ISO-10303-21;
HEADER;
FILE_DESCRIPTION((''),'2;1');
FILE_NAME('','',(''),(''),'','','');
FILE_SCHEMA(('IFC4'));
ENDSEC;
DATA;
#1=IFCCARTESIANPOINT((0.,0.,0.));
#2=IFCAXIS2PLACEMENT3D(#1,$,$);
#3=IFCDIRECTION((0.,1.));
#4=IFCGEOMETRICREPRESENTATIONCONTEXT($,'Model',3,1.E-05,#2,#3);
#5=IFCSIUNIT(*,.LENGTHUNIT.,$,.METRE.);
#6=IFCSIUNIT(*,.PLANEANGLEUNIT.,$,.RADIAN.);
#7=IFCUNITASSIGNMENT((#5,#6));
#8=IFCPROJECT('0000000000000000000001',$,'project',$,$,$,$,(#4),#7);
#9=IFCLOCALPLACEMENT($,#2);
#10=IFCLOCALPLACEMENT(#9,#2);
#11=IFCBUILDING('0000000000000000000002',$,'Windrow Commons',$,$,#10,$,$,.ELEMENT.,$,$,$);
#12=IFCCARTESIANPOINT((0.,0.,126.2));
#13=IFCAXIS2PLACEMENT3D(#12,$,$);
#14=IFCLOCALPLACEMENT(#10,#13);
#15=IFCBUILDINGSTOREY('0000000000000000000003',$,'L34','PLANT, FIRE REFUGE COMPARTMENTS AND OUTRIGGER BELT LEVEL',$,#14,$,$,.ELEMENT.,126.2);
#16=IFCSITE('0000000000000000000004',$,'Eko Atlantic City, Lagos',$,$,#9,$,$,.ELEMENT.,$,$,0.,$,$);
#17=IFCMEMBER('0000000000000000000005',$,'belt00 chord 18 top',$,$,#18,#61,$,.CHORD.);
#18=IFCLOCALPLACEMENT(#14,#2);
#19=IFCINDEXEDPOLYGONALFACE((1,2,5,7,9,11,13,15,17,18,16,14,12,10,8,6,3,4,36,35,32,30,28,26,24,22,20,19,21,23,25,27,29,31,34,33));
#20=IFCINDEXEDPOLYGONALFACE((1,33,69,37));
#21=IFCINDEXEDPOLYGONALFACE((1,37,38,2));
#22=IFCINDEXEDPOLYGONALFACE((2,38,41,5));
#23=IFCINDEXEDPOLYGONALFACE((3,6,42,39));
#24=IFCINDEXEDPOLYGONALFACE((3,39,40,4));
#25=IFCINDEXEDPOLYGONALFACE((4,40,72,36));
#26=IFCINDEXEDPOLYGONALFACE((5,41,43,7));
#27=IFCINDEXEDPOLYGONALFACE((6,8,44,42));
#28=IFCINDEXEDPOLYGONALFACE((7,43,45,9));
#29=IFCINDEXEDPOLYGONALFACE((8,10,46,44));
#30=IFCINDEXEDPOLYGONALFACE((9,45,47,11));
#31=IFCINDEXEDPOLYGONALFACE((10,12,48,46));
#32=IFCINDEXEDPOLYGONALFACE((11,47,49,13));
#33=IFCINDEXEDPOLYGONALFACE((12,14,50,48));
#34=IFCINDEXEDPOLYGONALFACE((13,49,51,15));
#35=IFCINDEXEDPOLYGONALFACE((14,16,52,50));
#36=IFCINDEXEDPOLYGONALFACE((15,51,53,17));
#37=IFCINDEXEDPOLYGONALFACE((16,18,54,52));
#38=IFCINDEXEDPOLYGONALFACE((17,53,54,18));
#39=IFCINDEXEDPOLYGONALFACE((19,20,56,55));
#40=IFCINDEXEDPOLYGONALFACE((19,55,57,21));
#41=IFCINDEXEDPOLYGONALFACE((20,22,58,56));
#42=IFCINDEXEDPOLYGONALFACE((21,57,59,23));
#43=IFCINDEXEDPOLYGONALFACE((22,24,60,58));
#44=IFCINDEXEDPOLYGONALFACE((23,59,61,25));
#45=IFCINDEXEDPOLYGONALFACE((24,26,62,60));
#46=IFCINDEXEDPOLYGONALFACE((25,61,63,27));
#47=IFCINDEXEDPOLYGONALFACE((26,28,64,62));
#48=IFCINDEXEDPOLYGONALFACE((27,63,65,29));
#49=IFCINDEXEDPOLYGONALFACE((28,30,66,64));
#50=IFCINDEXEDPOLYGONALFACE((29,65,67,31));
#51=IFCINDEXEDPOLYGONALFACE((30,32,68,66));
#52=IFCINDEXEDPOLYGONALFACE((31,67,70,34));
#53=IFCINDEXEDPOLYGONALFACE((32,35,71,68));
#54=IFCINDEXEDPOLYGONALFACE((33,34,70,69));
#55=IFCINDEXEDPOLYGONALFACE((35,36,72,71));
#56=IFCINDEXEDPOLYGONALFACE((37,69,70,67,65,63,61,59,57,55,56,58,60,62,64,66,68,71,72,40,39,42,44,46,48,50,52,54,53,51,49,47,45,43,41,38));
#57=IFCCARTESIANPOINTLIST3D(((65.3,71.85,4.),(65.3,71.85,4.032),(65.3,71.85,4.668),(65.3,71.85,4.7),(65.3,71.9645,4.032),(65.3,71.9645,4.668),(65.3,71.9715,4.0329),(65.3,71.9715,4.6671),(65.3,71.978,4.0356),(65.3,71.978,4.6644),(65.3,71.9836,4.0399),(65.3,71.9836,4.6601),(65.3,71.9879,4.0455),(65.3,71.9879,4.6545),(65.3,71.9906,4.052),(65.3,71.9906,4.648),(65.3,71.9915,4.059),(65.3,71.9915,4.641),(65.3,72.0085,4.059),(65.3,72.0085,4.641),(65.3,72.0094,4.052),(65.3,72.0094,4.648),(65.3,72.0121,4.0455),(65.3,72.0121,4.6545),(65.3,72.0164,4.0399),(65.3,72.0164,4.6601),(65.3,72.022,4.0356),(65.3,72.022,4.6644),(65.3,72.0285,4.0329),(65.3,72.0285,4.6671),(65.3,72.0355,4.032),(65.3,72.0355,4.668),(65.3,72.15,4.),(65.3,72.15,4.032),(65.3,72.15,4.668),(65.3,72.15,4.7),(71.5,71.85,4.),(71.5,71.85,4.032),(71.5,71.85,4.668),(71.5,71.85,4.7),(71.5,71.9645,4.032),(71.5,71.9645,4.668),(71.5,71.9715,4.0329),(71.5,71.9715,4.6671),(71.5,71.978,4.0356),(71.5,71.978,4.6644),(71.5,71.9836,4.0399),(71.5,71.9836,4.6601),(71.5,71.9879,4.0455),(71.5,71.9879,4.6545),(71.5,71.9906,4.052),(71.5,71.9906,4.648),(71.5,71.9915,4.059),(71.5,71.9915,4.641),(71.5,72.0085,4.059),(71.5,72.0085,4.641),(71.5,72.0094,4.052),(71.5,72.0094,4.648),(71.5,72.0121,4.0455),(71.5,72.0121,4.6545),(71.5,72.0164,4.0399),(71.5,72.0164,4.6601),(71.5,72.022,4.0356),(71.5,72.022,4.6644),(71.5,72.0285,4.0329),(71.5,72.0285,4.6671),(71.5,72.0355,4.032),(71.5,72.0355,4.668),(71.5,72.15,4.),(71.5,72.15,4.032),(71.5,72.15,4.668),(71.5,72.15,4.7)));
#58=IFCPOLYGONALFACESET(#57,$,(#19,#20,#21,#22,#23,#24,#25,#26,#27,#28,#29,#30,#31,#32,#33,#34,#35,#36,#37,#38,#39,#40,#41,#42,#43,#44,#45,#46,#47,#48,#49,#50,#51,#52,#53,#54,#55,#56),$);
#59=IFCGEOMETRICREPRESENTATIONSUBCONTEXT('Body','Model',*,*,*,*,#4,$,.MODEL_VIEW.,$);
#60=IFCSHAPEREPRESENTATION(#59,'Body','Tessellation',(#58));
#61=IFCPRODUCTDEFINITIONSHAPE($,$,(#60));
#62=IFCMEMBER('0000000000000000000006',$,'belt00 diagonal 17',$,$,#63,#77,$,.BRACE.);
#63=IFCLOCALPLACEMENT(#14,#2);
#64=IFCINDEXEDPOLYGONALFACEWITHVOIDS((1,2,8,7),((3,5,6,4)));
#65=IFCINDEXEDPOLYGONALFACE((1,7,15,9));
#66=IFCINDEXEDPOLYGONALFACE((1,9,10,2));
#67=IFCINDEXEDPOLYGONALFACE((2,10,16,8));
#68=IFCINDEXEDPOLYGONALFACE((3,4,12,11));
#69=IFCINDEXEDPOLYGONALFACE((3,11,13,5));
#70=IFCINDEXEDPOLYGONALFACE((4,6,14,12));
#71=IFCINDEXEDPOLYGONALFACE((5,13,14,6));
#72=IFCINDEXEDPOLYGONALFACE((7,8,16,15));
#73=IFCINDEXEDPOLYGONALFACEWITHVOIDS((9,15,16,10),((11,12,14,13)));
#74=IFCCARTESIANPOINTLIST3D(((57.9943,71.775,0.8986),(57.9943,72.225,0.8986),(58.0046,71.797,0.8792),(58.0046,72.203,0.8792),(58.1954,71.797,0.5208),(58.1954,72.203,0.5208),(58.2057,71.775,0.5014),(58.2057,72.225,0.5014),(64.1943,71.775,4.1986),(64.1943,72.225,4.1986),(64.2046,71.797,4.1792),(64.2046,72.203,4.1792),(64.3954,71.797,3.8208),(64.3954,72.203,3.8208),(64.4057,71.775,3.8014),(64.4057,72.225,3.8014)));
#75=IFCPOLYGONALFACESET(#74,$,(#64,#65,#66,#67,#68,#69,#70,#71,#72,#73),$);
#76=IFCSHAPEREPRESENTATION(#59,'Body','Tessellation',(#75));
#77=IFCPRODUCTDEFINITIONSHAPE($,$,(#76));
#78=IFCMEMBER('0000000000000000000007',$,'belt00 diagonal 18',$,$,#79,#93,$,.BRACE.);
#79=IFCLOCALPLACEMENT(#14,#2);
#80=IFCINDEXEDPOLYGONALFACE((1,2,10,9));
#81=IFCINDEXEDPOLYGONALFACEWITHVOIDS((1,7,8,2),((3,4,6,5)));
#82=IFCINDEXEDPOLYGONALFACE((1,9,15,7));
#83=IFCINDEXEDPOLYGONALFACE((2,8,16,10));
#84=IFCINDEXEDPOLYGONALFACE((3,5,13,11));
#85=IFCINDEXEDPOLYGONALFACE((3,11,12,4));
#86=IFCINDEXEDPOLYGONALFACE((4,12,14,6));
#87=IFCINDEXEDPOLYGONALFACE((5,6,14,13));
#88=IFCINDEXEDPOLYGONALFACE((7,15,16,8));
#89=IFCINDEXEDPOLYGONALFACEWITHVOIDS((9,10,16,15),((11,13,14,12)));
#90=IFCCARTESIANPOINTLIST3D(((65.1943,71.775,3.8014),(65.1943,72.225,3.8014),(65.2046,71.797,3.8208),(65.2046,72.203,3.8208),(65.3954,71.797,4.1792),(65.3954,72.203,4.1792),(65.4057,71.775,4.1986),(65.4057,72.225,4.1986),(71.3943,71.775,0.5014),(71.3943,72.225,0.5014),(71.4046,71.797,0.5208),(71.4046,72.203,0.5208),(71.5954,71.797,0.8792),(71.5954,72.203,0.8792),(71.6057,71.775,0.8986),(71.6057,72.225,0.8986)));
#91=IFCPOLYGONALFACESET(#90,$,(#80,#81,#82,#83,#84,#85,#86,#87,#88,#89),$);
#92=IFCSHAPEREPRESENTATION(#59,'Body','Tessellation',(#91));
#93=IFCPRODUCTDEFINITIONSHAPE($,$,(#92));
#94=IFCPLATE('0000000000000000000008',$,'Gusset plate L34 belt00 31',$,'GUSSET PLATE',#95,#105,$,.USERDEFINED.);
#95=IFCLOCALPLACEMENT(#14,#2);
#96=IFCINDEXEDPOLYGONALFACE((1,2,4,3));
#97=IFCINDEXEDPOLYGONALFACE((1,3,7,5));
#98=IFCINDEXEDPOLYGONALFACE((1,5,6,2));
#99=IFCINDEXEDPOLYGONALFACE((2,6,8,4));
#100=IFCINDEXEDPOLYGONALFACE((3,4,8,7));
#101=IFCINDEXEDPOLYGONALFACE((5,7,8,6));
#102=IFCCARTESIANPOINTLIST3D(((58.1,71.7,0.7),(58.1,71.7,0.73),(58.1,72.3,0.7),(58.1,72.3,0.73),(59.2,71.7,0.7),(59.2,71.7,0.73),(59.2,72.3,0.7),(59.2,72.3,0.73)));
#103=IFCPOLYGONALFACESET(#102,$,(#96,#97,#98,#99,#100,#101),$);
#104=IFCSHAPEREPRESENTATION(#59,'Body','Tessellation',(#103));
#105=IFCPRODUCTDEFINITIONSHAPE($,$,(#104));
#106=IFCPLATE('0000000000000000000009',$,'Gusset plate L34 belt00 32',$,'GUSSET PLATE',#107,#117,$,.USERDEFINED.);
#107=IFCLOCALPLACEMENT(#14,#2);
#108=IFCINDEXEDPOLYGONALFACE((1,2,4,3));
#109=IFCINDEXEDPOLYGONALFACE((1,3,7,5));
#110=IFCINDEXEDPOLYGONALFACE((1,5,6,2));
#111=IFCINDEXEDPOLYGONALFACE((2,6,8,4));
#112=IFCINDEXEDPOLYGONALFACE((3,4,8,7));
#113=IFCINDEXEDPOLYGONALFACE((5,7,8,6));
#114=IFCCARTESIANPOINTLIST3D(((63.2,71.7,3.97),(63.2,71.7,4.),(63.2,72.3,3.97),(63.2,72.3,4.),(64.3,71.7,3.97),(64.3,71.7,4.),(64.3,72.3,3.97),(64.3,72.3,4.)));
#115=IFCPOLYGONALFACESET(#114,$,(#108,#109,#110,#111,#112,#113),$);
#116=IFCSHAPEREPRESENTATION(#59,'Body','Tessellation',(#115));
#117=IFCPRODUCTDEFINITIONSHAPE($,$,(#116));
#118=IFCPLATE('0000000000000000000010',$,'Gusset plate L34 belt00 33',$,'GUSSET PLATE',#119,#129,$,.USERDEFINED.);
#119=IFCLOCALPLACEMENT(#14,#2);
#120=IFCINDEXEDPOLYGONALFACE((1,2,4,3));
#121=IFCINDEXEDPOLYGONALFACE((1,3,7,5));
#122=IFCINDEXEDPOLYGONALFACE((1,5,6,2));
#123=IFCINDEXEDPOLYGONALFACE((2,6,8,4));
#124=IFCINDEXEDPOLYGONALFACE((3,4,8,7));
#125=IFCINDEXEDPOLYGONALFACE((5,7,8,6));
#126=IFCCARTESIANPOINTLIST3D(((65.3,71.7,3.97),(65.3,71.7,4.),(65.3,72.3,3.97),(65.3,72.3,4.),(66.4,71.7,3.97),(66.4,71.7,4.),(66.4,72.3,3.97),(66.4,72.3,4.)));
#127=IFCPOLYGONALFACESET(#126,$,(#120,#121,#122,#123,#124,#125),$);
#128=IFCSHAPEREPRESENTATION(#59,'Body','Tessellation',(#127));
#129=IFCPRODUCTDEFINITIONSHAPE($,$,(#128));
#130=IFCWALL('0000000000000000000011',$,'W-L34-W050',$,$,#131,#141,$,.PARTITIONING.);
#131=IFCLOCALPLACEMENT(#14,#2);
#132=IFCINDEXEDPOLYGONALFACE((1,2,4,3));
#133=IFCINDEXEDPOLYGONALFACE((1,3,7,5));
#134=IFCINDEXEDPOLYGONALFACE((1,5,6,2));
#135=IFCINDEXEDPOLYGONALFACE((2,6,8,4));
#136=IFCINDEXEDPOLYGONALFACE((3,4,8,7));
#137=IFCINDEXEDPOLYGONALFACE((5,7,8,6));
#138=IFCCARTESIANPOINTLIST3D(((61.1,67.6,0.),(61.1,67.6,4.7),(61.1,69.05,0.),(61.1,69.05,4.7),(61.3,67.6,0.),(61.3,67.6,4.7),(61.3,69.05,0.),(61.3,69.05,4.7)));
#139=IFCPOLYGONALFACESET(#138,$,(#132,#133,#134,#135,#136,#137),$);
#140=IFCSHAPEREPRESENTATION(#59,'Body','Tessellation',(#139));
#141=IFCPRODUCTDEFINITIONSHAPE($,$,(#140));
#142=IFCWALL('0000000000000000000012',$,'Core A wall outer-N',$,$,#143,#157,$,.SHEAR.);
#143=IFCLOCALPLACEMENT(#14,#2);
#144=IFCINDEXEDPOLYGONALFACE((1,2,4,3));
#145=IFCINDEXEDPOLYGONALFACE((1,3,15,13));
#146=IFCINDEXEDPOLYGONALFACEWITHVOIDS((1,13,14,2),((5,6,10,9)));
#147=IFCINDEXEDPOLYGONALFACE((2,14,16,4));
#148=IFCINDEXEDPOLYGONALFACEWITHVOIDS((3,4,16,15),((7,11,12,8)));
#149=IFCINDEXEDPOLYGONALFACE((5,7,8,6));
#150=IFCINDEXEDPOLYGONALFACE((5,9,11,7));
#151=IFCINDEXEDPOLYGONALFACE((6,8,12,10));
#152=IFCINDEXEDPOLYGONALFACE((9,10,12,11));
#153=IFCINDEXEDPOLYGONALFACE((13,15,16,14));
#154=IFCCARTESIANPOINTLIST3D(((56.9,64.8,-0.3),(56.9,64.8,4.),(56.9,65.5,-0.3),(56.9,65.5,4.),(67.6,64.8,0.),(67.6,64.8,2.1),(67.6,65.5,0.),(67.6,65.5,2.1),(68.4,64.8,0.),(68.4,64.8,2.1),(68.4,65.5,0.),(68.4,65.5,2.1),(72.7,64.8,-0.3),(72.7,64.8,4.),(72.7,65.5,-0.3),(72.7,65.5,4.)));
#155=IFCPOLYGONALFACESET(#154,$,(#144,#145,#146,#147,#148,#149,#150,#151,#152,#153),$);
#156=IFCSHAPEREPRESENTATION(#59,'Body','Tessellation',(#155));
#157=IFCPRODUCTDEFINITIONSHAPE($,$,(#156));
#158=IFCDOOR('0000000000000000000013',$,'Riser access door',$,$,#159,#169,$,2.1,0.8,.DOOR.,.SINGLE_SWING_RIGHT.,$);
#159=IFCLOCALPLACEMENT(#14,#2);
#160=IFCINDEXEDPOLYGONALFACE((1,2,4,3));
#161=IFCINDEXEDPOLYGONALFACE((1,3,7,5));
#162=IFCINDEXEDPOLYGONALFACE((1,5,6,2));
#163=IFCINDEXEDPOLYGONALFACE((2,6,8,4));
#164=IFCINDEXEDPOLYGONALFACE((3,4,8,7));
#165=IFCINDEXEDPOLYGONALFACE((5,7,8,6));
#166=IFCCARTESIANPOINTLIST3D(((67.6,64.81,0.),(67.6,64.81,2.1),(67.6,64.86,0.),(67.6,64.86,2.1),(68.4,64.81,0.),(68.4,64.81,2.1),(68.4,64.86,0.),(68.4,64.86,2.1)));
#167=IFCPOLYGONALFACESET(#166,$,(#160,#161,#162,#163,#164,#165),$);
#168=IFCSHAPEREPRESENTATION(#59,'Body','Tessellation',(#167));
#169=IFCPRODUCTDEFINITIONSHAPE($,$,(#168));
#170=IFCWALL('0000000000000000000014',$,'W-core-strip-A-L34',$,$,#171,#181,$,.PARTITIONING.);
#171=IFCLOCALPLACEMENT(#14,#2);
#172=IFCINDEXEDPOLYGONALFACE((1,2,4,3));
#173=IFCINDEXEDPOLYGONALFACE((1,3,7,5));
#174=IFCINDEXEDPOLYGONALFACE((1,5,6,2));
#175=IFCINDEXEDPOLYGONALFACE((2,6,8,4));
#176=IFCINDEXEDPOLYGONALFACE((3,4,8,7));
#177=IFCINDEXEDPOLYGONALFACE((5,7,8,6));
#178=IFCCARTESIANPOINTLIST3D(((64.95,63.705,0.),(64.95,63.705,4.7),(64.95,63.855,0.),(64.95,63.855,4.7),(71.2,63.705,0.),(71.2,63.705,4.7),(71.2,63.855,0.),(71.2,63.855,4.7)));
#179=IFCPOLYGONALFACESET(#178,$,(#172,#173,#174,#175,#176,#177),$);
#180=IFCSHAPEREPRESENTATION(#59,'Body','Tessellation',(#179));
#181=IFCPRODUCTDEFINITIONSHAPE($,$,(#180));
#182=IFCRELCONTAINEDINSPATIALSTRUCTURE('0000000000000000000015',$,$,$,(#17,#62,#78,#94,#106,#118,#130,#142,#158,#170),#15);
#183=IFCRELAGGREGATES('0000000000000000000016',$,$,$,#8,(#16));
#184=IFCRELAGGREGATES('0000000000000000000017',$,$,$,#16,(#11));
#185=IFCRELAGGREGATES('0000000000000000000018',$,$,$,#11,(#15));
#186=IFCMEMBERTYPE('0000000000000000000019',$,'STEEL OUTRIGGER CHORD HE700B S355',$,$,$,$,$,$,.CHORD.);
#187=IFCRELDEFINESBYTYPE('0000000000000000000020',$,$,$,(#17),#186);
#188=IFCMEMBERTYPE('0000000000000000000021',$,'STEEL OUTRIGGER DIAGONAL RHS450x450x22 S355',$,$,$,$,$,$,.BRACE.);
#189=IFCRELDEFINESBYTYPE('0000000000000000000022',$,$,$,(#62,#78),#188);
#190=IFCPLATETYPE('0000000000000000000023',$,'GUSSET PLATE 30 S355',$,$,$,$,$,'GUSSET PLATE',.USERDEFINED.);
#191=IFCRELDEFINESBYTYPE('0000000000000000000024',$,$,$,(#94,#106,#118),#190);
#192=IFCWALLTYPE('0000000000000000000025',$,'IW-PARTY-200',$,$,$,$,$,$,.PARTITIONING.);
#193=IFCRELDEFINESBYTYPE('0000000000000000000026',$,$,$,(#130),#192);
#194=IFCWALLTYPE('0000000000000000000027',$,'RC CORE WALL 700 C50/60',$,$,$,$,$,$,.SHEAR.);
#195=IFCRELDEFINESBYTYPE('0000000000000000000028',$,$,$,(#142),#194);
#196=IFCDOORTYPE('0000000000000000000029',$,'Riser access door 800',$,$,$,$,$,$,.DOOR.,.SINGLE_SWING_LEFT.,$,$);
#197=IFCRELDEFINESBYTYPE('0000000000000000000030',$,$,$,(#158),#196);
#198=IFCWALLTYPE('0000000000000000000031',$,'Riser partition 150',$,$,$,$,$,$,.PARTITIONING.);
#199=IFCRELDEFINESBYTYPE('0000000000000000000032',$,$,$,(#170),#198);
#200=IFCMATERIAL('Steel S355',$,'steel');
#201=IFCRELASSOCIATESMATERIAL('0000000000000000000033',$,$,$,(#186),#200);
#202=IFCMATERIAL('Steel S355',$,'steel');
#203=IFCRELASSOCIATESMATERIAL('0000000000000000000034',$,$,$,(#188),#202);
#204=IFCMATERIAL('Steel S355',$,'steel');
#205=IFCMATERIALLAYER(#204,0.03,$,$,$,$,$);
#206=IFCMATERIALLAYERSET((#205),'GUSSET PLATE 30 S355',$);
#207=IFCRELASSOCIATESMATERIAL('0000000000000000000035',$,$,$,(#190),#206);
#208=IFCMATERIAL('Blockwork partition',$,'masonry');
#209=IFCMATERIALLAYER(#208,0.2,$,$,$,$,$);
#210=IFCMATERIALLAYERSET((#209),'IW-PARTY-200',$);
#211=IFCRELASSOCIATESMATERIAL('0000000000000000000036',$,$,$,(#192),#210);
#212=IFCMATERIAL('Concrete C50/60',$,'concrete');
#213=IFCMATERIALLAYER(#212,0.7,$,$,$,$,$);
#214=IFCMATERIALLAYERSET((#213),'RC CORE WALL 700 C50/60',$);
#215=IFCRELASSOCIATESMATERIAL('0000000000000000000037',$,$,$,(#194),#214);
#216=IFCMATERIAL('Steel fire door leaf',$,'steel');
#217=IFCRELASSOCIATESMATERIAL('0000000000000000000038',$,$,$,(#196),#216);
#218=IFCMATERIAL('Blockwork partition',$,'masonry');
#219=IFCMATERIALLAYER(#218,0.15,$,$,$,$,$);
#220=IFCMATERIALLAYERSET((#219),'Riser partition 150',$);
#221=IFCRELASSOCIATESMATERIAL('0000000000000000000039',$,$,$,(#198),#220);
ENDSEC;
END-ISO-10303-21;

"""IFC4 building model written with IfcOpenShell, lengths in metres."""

from ifc_helpers import new_model, si_unit, direction, frame, frame_2d, origin, origin_2d, place, context, subcontext, project, spatial, rectangle, hollow_rectangle, i_section, extrude, material, layer, layer_set, material_profile, profile_set, type_object, element, fill, save


model = new_model("IFC4")

# Units and contexts
model_context = context("Model", 3, precision=1e-05, world=origin(), true_north=direction((0.0, 1.0)))
body_context = subcontext(model_context, "Body", "Model", "MODEL_VIEW")
ifc_project = project(units=[si_unit("LENGTHUNIT", "METRE"), si_unit("PLANEANGLEUNIT", "RADIAN")], contexts=[model_context])

# Site, building, storey
site_placement = place(None, origin())
site = spatial("IfcSite", under=ifc_project, at=site_placement, Name="Eko Atlantic City, Lagos", CompositionType="ELEMENT", RefElevation=0.0)
building_placement = place(site_placement, origin())
building = spatial("IfcBuilding", under=site, at=building_placement, Name="Windrow Commons", CompositionType="ELEMENT")
storey_placement = place(building_placement, frame((0.0, 0.0, 126.2)))
storey = spatial("IfcBuildingStorey", under=building, at=storey_placement, Name="L34", Description="PLANT, FIRE REFUGE COMPARTMENTS AND OUTRIGGER BELT LEVEL", CompositionType="ELEMENT", Elevation=126.2)

# Members
ifc_material_1 = material(Name="Steel S355", Category="steel")
ifc_material_profile_1 = material_profile(ifc_material_1, i_section(OverallWidth=0.3, OverallDepth=0.7, WebThickness=0.017, FlangeThickness=0.032, FilletRadius=0.027, at=origin_2d()))
ifc_profile_set_1 = profile_set([ifc_material_profile_1], Name="Steel S355")
member_type_1 = type_object("IfcMemberType", Name="STEEL OUTRIGGER CHORD HE700B S355", PredefinedType="CHORD", material=ifc_profile_set_1)
for number, where, z_axis, x_axis, name in (
    (1, (65.3, 72.0, 4.35), (1.0, 0.0, 0.0), (0.0, 1.0, 0.0), "belt00 chord 18 top"),
):
    element("IfcMember", number, at=place(storey_placement, frame(where, z_axis=z_axis, x_axis=x_axis)), inside=storey, type_object=member_type_1, Name=name, PredefinedType="CHORD", context=body_context, shape_type="SweptSolid", body=[
        extrude(i_section(OverallWidth=0.3, OverallDepth=0.7, WebThickness=0.017, FlangeThickness=0.032, FilletRadius=0.027, at=origin_2d()), origin(), (0.0, 0.0, 1.0), 6.2),
    ])
ifc_material_2 = material(Name="Steel S355", Category="steel")
ifc_material_profile_2 = material_profile(ifc_material_2, hollow_rectangle(XDim=0.45, YDim=0.45, WallThickness=0.022, at=origin_2d()))
ifc_profile_set_2 = profile_set([ifc_material_profile_2], Name="Steel S355")
member_type_2 = type_object("IfcMemberType", Name="STEEL OUTRIGGER DIAGONAL RHS450x450x22 S355", PredefinedType="BRACE", material=ifc_profile_set_2)
for number, where, z_axis, x_axis, name in (
    (2, (58.1, 72.0, 0.7), (0.882747, 0.0, 0.469849), (0.0, 1.0, 0.0), "belt00 diagonal 17"),
    (3, (65.3, 72.0, 4.0), (0.882747, 0.0, -0.469849), (0.0, 1.0, 0.0), "belt00 diagonal 18"),
):
    element("IfcMember", number, at=place(storey_placement, frame(where, z_axis=z_axis, x_axis=x_axis)), inside=storey, type_object=member_type_2, Name=name, PredefinedType="BRACE", context=body_context, shape_type="SweptSolid", body=[
        extrude(hollow_rectangle(XDim=0.45, YDim=0.45, WallThickness=0.022, at=origin_2d()), origin(), (0.0, 0.0, 1.0), 7.0235),
    ])

# Plates
ifc_material_3 = material(Name="Steel S355", Category="steel")
ifc_layer_1 = layer(ifc_material_3, 0.03)
ifc_layer_set_1 = layer_set([ifc_layer_1], Name="GUSSET PLATE 30 S355")
plate_type = type_object("IfcPlateType", Name="GUSSET PLATE 30 S355", ElementType="GUSSET PLATE", PredefinedType="USERDEFINED", material=ifc_layer_set_1)
for number, where, z_axis, x_axis, name in (
    (4, (58.65, 72.0, 0.7), (0.0, 0.0, 1.0), (1.0, 0.0, 0.0), "Gusset plate L34 belt00 31"),
    (5, (63.75, 72.0, 3.97), (0.0, 0.0, 1.0), (1.0, 0.0, 0.0), "Gusset plate L34 belt00 32"),
    (6, (65.85, 72.0, 3.97), (0.0, 0.0, 1.0), (1.0, 0.0, 0.0), "Gusset plate L34 belt00 33"),
):
    element("IfcPlate", number, at=place(storey_placement, frame(where, z_axis=z_axis, x_axis=x_axis)), inside=storey, type_object=plate_type, Name=name, ObjectType="GUSSET PLATE", PredefinedType="USERDEFINED", context=body_context, shape_type="SweptSolid", body=[
        extrude(rectangle(XDim=1.1, YDim=0.6, at=origin_2d()), origin(), (0.0, 0.0, 1.0), 0.03),
    ])

# Wall
ifc_material_4 = material(Name="Blockwork partition", Category="masonry")
ifc_layer_2 = layer(ifc_material_4, 0.2)
ifc_layer_set_2 = layer_set([ifc_layer_2], Name="IW-PARTY-200")
wall_type_1 = type_object("IfcWallType", Name="IW-PARTY-200", PredefinedType="PARTITIONING", material=ifc_layer_set_2)
wall_1_placement = place(storey_placement, frame((61.2, 67.6, 0.0), z_axis=(0.0, 0.0, 1.0), x_axis=(0.0, 1.0, 0.0)))
element("IfcWall", 7, at=wall_1_placement, inside=storey, type_object=wall_type_1, Name="W-L34-W050", PredefinedType="PARTITIONING", context=body_context, shape_type="SweptSolid", body=[
    extrude(rectangle(XDim=1.45, YDim=0.2, at=frame_2d((0.725, 0.0))), origin(), (0.0, 0.0, 1.0), 4.7),
])

# Wall, opening, door
ifc_material_5 = material(Name="Concrete C50/60", Category="concrete")
ifc_layer_3 = layer(ifc_material_5, 0.7)
ifc_layer_set_3 = layer_set([ifc_layer_3], Name="RC CORE WALL 700 C50/60")
wall_type_2 = type_object("IfcWallType", Name="RC CORE WALL 700 C50/60", PredefinedType="SHEAR", material=ifc_layer_set_3)
wall_2_placement = place(storey_placement, frame((56.9, 65.15, -0.3), z_axis=(0.0, 0.0, 1.0), x_axis=(1.0, 0.0, 0.0)))
wall_2 = element("IfcWall", 8, at=wall_2_placement, inside=storey, type_object=wall_type_2, Name="Core A wall outer-N", PredefinedType="SHEAR", context=body_context, shape_type="SweptSolid", body=[
    extrude(rectangle(XDim=15.8, YDim=0.7, at=frame_2d((7.9, 0.0))), origin(), (0.0, 0.0, 1.0), 4.3),
])
opening_placement = place(wall_2_placement, frame((10.7, 0.0, 0.3)))
opening = element("IfcOpeningElement", 9, at=opening_placement, cuts=wall_2, PredefinedType="OPENING", context=body_context, shape_type="SweptSolid", body=[
    extrude(rectangle(XDim=0.8, YDim=2.1, at=frame_2d((0.4, 1.05))), frame((0.0, 0.36, 0.0), z_axis=(0.0, -1.0, 0.0), x_axis=(1.0, 0.0, 0.0)), (0.0, 0.0, 1.0), 0.72),
])
ifc_material_6 = material(Name="Steel fire door leaf", Category="steel")
door_type = type_object("IfcDoorType", Name="Riser access door 800", OperationType="SINGLE_SWING_LEFT", PredefinedType="DOOR", material=ifc_material_6)
door_placement = place(opening_placement, origin())
door = element("IfcDoor", 10, at=door_placement, inside=storey, type_object=door_type, Name="Riser access door", OperationType="SINGLE_SWING_RIGHT", OverallHeight=2.1, OverallWidth=0.8, PredefinedType="DOOR", context=body_context, shape_type="SweptSolid", body=[
    extrude(rectangle(XDim=0.8, YDim=2.1, at=frame_2d((0.4, 1.05))), frame((0.0, -0.29, 0.0), z_axis=(0.0, -1.0, 0.0), x_axis=(1.0, 0.0, 0.0)), (0.0, 0.0, 1.0), 0.05),
])
fill(opening, door)

# Wall
ifc_material_7 = material(Name="Blockwork partition", Category="masonry")
ifc_layer_4 = layer(ifc_material_7, 0.15)
ifc_layer_set_4 = layer_set([ifc_layer_4], Name="Riser partition 150")
wall_type_3 = type_object("IfcWallType", Name="Riser partition 150", PredefinedType="PARTITIONING", material=ifc_layer_set_4)
wall_3_placement = place(storey_placement, frame((64.95, 63.78, 0.0), z_axis=(0.0, 0.0, 1.0), x_axis=(1.0, 0.0, 0.0)))
element("IfcWall", 11, at=wall_3_placement, inside=storey, type_object=wall_type_3, Name="W-core-strip-A-L34", PredefinedType="PARTITIONING", context=body_context, shape_type="SweptSolid", body=[
    extrude(rectangle(XDim=6.25, YDim=0.15, at=frame_2d((3.125, 0.0))), origin(), (0.0, 0.0, 1.0), 4.7),
])

save(model, "model.ifc")
